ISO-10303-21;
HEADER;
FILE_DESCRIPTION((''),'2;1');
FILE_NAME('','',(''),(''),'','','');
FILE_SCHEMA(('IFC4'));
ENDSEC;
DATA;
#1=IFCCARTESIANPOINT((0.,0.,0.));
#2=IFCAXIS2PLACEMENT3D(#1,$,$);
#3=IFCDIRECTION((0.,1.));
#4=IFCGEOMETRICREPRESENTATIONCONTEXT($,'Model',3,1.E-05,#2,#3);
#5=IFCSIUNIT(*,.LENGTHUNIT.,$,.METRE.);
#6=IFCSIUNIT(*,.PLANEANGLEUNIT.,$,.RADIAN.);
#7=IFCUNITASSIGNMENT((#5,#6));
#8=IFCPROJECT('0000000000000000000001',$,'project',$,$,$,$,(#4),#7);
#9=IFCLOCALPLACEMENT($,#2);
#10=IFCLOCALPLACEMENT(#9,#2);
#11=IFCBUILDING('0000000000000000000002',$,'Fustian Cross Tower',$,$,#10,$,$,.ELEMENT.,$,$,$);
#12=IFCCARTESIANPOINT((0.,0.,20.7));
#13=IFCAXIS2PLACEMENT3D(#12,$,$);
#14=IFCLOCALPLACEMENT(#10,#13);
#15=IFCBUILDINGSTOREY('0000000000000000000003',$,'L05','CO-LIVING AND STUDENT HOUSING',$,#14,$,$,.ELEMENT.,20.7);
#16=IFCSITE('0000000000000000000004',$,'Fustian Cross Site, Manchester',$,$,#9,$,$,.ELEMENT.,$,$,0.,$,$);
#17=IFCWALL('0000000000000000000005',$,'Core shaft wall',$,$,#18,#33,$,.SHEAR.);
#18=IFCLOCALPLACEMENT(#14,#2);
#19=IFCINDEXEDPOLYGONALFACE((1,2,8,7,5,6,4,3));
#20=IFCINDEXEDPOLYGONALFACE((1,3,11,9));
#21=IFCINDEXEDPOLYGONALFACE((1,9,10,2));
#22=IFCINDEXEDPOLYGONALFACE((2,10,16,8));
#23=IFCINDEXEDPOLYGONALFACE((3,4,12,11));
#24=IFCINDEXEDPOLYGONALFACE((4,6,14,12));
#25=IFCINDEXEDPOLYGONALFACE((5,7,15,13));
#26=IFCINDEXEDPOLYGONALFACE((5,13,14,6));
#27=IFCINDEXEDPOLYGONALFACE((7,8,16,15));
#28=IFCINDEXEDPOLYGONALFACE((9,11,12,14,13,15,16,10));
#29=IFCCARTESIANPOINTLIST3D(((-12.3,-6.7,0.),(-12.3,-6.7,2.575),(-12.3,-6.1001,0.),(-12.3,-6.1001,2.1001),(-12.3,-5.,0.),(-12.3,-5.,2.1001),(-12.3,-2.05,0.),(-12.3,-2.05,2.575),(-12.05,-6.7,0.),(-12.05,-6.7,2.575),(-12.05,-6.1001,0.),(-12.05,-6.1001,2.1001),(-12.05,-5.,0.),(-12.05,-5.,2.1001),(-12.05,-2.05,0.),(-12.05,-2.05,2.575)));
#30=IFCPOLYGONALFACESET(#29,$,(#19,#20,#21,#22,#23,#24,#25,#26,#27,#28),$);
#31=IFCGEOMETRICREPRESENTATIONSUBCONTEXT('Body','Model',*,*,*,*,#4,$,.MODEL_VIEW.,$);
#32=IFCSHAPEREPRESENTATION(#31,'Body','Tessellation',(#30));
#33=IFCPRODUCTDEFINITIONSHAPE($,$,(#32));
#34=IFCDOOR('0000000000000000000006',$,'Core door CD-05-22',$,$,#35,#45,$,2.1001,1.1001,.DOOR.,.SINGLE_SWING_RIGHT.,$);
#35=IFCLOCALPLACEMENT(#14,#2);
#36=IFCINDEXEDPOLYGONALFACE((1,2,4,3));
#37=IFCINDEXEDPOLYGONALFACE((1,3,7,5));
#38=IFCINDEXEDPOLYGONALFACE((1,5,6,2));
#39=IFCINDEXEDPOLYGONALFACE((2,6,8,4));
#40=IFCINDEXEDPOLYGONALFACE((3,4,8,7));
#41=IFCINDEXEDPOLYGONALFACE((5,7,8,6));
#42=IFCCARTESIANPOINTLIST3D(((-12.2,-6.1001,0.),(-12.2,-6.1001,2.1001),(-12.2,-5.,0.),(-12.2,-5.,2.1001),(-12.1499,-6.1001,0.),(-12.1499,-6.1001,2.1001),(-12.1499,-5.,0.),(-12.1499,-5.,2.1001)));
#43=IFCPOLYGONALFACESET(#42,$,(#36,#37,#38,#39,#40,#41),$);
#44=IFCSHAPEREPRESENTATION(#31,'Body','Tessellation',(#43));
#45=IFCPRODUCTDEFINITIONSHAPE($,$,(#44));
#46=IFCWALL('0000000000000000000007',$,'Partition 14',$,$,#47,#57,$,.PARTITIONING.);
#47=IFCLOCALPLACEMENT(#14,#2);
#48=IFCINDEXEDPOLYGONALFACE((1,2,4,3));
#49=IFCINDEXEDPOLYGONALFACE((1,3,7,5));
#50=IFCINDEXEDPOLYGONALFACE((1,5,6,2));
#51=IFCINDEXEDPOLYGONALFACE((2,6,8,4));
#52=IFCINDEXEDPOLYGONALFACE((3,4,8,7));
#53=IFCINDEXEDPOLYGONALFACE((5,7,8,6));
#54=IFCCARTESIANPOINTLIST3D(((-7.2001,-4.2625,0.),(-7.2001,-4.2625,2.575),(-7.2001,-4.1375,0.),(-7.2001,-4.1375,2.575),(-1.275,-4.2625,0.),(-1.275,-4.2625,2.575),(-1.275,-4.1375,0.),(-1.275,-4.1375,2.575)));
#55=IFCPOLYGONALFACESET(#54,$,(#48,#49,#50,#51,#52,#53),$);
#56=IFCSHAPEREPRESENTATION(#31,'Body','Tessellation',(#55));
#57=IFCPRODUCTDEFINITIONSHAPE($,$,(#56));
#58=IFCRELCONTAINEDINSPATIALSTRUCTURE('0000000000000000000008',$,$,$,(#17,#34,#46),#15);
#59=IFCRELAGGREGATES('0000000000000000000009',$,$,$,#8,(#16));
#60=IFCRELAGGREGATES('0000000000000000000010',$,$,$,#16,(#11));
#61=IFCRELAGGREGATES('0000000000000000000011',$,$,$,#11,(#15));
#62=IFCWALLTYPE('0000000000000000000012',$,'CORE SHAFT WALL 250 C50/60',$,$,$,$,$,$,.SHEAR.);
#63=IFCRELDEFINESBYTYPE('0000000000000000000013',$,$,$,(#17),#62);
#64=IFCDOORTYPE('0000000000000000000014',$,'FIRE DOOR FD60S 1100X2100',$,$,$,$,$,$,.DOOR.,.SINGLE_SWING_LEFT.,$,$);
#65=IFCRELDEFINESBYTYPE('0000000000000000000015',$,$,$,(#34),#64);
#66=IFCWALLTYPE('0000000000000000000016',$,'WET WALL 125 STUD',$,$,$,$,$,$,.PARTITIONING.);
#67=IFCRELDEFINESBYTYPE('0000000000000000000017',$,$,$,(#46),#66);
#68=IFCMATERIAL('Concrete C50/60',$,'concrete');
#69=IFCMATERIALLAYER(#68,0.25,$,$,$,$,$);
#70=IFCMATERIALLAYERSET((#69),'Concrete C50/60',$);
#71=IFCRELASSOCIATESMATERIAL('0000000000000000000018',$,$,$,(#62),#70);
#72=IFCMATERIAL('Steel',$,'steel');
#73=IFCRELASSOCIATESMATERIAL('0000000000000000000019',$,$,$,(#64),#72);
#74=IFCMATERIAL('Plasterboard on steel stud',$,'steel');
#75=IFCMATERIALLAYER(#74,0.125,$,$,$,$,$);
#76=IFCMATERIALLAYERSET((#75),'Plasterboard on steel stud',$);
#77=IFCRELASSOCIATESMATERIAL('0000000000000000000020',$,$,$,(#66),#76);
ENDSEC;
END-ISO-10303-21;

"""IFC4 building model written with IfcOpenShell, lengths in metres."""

from ifc_helpers import new_model, si_unit, direction, frame, frame_2d, origin, place, context, subcontext, project, spatial, rectangle, extrude, material, layer, layer_set, type_object, element, fill, save


model = new_model("IFC4")

# Units and contexts
model_context = context("Model", 3, precision=1e-05, world=origin(), true_north=direction((0.0, 1.0)))
body_context = subcontext(model_context, "Body", "Model", "MODEL_VIEW")
ifc_project = project(units=[si_unit("LENGTHUNIT", "METRE"), si_unit("PLANEANGLEUNIT", "RADIAN")], contexts=[model_context])

# Site, building, storey
site_placement = place(None, origin())
site = spatial("IfcSite", under=ifc_project, at=site_placement, Name="Fustian Cross Site, Manchester", CompositionType="ELEMENT", RefElevation=0.0)
building_placement = place(site_placement, origin())
building = spatial("IfcBuilding", under=site, at=building_placement, Name="Fustian Cross Tower", CompositionType="ELEMENT")
storey_placement = place(building_placement, frame((0.0, 0.0, 20.7)))
storey = spatial("IfcBuildingStorey", under=building, at=storey_placement, Name="L05", Description="CO-LIVING AND STUDENT HOUSING", CompositionType="ELEMENT", Elevation=20.7)

# Shared definitions
ifc_material_1 = material(Name="Concrete C50/60", Category="concrete")
ifc_layer_1 = layer(ifc_material_1, 0.25)
ifc_layer_set_1 = layer_set([ifc_layer_1], Name="Concrete C50/60")
wall_type_1 = type_object("IfcWallType", Name="CORE SHAFT WALL 250 C50/60", PredefinedType="SHEAR", material=ifc_layer_set_1)

# Wall, opening, door
wall_1_placement = place(storey_placement, frame((-12.175, -2.05, 0.0), z_axis=(0.0, 0.0, 1.0), x_axis=(0.0, -1.0, 0.0)))
wall_1 = element("IfcWall", 1, at=wall_1_placement, inside=storey, type_object=wall_type_1, Name="Core shaft wall", PredefinedType="SHEAR", context=body_context, shape_type="SweptSolid", body=[
    extrude(rectangle(XDim=4.6499, YDim=0.25, at=frame_2d((2.325, 0.0))), origin(), (0.0, 0.0, 1.0), 2.575),
])
opening_1_placement = place(wall_1_placement, frame((2.95, 0.0, 0.0)))
opening_1 = element("IfcOpeningElement", 2, at=opening_1_placement, cuts=wall_1, PredefinedType="OPENING", context=body_context, shape_type="SweptSolid", body=[
    extrude(rectangle(XDim=1.1001, YDim=2.1001, at=frame_2d((0.55, 1.05))), frame((0.0, 0.135, 0.0), z_axis=(0.0, -1.0, 0.0), x_axis=(1.0, 0.0, 0.0)), (0.0, 0.0, 1.0), 0.27),
])
ifc_material_2 = material(Name="Steel", Category="steel")
door_type_1 = type_object("IfcDoorType", Name="FIRE DOOR FD60S 1100X2100", OperationType="SINGLE_SWING_LEFT", PredefinedType="DOOR", material=ifc_material_2)
door_1_placement = place(opening_1_placement, frame((1.1001, 0.0, 0.0), z_axis=(0.0, 0.0, 1.0), x_axis=(-1.0, 0.0, 0.0)))
door_1 = element("IfcDoor", 3, at=door_1_placement, inside=storey, type_object=door_type_1, Name="Core door CD-05-22", OperationType="SINGLE_SWING_RIGHT", OverallHeight=2.1001, OverallWidth=1.1001, PredefinedType="DOOR", context=body_context, shape_type="SweptSolid", body=[
    extrude(rectangle(XDim=1.1001, YDim=2.1001, at=frame_2d((0.55, 1.05))), frame((0.0, 0.0249, 0.0), z_axis=(0.0, -1.0, 0.0), x_axis=(1.0, 0.0, 0.0)), (0.0, 0.0, 1.0), 0.05),
])
fill(opening_1, door_1)

# Wall
ifc_material_3 = material(Name="Plasterboard on steel stud", Category="steel")
ifc_layer_2 = layer(ifc_material_3, 0.125)
ifc_layer_set_2 = layer_set([ifc_layer_2], Name="Plasterboard on steel stud")
wall_type_2 = type_object("IfcWallType", Name="WET WALL 125 STUD", PredefinedType="PARTITIONING", material=ifc_layer_set_2)
wall_2_placement = place(storey_placement, frame((-7.2, -4.2, 0.0), z_axis=(0.0, 0.0, 1.0), x_axis=(1.0, 0.0, 0.0)))
element("IfcWall", 4, at=wall_2_placement, inside=storey, type_object=wall_type_2, Name="Partition 14", PredefinedType="PARTITIONING", context=body_context, shape_type="SweptSolid", body=[
    extrude(rectangle(XDim=5.925, YDim=0.125, at=frame_2d((2.9624, 0.0))), origin(), (0.0, 0.0, 1.0), 2.575),
])

save(model, "model.ifc")
